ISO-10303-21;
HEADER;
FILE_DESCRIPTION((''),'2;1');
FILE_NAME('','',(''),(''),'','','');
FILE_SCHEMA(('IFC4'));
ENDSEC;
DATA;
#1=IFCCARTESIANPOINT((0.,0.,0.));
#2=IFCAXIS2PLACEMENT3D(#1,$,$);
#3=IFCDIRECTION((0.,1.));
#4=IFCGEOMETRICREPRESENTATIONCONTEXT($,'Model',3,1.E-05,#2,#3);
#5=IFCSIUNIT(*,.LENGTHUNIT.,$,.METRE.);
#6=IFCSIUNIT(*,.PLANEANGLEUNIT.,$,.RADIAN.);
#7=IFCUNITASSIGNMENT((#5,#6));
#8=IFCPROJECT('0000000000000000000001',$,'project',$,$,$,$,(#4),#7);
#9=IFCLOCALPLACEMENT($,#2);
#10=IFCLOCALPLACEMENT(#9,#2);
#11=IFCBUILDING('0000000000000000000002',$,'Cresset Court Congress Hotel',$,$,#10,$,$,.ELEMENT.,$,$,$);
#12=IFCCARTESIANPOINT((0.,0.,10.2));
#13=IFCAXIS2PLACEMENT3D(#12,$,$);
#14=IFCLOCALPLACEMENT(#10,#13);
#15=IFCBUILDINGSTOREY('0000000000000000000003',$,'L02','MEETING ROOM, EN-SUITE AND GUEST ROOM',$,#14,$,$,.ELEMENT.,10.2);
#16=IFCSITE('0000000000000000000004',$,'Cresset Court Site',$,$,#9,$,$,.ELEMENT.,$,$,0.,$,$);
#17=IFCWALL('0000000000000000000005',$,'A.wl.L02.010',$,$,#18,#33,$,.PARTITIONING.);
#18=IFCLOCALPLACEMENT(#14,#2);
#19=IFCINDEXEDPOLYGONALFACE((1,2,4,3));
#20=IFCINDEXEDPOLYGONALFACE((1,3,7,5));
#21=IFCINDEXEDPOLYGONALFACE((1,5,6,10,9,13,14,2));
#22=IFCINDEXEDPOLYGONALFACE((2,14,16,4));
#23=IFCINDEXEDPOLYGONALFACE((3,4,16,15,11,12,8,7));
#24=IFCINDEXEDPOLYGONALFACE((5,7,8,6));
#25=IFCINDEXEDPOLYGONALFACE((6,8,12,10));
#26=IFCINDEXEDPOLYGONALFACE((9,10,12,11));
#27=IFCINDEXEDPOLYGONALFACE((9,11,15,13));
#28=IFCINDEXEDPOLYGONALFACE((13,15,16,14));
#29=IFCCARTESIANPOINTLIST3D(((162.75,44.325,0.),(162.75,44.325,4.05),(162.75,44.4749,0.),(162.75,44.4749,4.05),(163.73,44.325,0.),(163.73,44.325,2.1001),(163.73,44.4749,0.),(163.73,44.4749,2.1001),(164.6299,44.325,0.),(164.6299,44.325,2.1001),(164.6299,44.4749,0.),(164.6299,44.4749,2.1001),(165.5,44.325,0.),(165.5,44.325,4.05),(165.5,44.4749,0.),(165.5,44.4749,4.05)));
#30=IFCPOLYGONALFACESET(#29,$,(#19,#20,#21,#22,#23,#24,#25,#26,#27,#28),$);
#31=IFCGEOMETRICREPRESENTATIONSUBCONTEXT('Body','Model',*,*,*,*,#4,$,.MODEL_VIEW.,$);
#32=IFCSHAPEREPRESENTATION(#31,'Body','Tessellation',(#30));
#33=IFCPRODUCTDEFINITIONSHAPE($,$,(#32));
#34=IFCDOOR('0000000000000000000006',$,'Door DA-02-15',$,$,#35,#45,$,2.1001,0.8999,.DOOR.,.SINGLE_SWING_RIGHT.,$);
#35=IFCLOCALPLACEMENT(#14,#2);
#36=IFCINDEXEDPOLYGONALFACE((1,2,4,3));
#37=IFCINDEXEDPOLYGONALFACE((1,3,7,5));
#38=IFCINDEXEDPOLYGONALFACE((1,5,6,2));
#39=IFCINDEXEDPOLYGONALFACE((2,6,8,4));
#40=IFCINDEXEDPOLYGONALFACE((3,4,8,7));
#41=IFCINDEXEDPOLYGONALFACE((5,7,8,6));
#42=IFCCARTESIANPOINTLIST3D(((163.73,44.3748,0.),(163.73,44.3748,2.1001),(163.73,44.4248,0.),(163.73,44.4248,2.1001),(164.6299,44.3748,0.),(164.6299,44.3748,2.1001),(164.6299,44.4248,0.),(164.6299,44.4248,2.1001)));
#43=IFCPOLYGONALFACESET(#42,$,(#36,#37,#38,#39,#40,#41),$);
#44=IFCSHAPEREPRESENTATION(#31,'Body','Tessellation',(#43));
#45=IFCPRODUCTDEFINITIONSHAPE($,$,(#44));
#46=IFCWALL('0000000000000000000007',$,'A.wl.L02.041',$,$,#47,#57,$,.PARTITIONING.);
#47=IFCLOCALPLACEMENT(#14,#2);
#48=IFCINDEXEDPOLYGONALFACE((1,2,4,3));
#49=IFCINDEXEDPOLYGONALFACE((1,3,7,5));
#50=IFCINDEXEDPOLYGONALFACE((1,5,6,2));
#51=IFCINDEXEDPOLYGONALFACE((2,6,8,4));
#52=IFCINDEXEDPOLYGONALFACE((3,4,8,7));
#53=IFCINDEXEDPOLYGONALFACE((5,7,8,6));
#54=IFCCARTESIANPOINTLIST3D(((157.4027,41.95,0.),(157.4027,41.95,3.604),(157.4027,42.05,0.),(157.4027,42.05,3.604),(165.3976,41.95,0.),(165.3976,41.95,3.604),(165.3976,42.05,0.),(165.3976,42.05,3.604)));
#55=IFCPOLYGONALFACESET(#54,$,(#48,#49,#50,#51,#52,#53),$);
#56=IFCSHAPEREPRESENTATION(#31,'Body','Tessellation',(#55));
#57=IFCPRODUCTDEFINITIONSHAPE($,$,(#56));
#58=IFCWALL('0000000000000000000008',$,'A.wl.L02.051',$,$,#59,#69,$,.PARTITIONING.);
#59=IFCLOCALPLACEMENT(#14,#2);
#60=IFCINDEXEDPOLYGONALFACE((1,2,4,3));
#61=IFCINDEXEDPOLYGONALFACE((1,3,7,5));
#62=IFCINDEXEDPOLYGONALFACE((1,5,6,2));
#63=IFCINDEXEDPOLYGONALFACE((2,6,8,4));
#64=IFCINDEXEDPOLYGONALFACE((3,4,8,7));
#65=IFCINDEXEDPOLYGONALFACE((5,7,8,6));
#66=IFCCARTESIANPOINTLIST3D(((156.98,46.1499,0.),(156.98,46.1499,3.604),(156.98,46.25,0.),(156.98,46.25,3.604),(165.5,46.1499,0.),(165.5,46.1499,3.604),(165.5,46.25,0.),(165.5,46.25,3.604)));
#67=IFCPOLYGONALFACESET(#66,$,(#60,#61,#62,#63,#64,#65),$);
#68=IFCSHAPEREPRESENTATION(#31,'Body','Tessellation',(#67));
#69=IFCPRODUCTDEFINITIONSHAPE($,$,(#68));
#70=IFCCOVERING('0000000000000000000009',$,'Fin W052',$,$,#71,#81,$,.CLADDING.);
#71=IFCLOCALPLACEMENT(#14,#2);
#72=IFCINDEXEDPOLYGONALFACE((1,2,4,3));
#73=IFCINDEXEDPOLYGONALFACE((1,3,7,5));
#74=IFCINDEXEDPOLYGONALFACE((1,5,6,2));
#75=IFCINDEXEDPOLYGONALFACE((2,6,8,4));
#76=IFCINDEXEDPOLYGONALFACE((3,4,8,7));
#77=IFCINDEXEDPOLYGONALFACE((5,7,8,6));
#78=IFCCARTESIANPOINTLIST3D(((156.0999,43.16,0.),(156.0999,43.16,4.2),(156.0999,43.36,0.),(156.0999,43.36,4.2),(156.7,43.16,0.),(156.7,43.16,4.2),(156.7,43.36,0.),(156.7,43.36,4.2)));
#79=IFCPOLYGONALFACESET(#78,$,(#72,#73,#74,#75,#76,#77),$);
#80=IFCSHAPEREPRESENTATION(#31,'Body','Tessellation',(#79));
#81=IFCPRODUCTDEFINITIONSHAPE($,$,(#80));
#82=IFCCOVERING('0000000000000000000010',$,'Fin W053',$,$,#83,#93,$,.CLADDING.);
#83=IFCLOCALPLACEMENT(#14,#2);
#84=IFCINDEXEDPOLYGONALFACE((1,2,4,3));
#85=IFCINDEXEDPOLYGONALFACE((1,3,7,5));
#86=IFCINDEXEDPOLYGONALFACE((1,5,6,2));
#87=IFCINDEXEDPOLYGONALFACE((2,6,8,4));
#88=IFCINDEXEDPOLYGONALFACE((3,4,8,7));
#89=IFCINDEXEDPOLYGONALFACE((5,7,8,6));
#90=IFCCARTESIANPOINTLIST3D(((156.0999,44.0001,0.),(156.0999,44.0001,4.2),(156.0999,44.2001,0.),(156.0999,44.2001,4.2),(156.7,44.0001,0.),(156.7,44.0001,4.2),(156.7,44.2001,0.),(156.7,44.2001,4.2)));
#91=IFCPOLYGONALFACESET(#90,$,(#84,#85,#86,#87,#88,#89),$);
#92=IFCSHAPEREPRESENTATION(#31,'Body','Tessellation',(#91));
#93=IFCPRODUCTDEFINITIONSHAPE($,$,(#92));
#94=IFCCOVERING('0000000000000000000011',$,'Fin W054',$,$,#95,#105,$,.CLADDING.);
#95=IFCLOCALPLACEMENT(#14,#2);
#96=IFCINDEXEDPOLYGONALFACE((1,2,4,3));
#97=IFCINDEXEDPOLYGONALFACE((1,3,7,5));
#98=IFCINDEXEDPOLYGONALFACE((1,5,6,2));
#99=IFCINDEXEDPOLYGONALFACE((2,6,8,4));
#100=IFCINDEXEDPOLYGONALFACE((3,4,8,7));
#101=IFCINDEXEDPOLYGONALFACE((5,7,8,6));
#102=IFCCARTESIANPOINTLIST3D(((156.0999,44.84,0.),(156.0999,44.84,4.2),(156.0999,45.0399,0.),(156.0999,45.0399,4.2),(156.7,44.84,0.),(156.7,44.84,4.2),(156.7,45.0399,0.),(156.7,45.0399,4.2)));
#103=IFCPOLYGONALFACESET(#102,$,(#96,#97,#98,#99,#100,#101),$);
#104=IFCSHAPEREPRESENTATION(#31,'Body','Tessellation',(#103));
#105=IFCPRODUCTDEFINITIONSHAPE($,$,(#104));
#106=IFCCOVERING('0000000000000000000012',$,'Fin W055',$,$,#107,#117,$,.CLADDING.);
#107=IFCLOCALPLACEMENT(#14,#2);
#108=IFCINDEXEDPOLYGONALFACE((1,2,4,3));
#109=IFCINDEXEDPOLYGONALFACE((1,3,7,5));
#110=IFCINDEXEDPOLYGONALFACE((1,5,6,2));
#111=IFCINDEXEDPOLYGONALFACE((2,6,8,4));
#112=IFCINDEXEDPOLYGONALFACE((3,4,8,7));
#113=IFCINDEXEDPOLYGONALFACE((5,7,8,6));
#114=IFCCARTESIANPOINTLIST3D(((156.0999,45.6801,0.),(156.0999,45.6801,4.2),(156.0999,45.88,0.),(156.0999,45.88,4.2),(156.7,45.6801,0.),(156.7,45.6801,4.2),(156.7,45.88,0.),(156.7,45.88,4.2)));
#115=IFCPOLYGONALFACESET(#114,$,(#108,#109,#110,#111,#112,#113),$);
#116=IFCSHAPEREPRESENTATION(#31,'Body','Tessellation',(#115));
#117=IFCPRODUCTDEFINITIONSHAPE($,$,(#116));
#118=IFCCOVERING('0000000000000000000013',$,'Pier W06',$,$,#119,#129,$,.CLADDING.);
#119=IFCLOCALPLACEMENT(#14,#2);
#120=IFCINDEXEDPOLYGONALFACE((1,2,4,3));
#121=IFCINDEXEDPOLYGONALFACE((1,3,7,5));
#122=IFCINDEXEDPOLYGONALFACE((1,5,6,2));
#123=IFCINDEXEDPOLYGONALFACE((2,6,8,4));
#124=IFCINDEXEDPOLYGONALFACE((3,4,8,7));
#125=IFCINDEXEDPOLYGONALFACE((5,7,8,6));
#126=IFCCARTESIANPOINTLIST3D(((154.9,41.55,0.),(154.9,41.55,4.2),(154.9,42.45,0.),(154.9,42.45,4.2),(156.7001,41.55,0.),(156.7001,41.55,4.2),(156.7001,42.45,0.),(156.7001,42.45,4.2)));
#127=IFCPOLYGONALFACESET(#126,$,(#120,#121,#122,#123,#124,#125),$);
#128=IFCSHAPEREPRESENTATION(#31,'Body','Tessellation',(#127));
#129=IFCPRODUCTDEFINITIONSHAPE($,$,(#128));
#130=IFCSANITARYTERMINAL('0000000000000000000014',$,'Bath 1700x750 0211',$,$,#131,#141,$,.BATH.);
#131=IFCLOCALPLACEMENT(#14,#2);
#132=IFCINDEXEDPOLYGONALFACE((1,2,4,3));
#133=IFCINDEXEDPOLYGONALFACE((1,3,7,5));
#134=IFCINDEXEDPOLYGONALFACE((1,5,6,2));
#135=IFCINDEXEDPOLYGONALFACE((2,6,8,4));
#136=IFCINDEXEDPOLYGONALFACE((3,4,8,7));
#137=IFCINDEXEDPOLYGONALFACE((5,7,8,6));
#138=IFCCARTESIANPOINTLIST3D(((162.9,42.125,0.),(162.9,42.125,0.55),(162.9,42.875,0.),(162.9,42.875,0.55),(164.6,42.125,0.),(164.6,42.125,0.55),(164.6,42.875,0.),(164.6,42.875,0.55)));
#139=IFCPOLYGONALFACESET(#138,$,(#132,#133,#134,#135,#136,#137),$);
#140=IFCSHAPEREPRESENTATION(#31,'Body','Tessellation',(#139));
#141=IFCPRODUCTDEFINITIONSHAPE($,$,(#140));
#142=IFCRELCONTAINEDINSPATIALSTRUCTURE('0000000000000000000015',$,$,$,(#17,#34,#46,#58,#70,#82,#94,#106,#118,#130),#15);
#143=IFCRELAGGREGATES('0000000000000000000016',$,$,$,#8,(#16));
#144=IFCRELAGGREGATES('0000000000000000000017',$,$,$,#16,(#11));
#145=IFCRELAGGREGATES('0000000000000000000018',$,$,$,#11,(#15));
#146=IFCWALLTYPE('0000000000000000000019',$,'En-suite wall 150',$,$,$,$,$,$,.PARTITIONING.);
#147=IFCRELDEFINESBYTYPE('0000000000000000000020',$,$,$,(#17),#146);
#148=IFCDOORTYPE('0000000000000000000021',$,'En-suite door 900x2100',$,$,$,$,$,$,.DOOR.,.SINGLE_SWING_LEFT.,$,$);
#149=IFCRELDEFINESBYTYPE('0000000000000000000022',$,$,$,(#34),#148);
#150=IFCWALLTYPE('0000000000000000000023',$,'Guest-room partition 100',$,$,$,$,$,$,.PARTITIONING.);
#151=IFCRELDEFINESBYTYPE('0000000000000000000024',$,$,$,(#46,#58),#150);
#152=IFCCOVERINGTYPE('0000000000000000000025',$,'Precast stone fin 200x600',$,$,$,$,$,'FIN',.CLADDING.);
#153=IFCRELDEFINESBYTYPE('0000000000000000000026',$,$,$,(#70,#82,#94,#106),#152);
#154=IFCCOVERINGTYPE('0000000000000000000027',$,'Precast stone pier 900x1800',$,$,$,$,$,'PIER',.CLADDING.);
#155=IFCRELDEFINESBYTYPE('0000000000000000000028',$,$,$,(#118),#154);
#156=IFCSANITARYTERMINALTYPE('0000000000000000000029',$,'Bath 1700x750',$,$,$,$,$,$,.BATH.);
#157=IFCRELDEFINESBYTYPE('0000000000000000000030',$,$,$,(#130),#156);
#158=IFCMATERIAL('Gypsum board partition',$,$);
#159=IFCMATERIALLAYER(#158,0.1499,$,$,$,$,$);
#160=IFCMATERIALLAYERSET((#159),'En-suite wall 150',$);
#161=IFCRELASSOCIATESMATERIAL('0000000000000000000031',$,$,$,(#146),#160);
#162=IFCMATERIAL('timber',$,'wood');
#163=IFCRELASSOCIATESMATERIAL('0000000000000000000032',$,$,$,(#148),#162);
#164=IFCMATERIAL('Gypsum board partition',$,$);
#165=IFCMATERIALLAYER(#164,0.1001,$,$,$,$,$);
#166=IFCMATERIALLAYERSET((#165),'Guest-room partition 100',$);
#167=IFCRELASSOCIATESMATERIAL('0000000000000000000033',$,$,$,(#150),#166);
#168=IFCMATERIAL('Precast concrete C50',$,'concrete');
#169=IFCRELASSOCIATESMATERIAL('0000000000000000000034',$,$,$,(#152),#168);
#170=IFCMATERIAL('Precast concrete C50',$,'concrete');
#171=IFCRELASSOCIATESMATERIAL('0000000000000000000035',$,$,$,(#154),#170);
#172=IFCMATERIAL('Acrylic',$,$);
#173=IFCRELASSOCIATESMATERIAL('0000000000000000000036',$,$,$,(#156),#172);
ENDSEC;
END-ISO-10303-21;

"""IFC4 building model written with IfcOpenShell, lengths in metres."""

from ifc_helpers import new_model, si_unit, direction, frame, frame_2d, origin, origin_2d, place, context, subcontext, project, spatial, rectangle, extrude, material, layer, layer_set, type_object, element, fill, save


model = new_model("IFC4")

# Units and contexts
model_context = context("Model", 3, precision=1e-05, world=origin(), true_north=direction((0.0, 1.0)))
body_context = subcontext(model_context, "Body", "Model", "MODEL_VIEW")
ifc_project = project(units=[si_unit("LENGTHUNIT", "METRE"), si_unit("PLANEANGLEUNIT", "RADIAN")], contexts=[model_context])

# Site, building, storey
site_placement = place(None, origin())
site = spatial("IfcSite", under=ifc_project, at=site_placement, Name="Cresset Court Site", CompositionType="ELEMENT", RefElevation=0.0)
building_placement = place(site_placement, origin())
building = spatial("IfcBuilding", under=site, at=building_placement, Name="Cresset Court Congress Hotel", CompositionType="ELEMENT")
storey_placement = place(building_placement, frame((0.0, 0.0, 10.2)))
storey = spatial("IfcBuildingStorey", under=building, at=storey_placement, Name="L02", Description="MEETING ROOM, EN-SUITE AND GUEST ROOM", CompositionType="ELEMENT", Elevation=10.2)

# Shared definitions
ifc_material_1 = material(Name="Gypsum board partition")
ifc_layer_1 = layer(ifc_material_1, 0.1499)
ifc_layer_set_1 = layer_set([ifc_layer_1], Name="En-suite wall 150")
wall_type_1 = type_object("IfcWallType", Name="En-suite wall 150", PredefinedType="PARTITIONING", material=ifc_layer_set_1)

# Wall, opening, door
wall_1_placement = place(storey_placement, frame((162.75, 44.3999, 0.0), z_axis=(0.0, 0.0, 1.0), x_axis=(1.0, 0.0, 0.0)))
wall_1 = element("IfcWall", 1, at=wall_1_placement, inside=storey, type_object=wall_type_1, Name="A.wl.L02.010", PredefinedType="PARTITIONING", context=body_context, shape_type="SweptSolid", body=[
    extrude(rectangle(XDim=2.75, YDim=0.1499, at=frame_2d((1.375, 0.0))), origin(), (0.0, 0.0, 1.0), 4.05),
])
opening_placement = place(wall_1_placement, frame((0.98, 0.0, 0.0)))
opening = element("IfcOpeningElement", 2, at=opening_placement, cuts=wall_1, PredefinedType="OPENING", context=body_context, shape_type="SweptSolid", body=[
    extrude(rectangle(XDim=0.8999, YDim=2.1001, at=frame_2d((0.45, 1.05))), frame((0.0, 0.085, 0.0), z_axis=(0.0, -1.0, 0.0), x_axis=(1.0, 0.0, 0.0)), (0.0, 0.0, 1.0), 0.1699),
])
ifc_material_2 = material(Name="timber", Category="wood")
door_type = type_object("IfcDoorType", Name="En-suite door 900x2100", OperationType="SINGLE_SWING_LEFT", PredefinedType="DOOR", material=ifc_material_2)
door_placement = place(opening_placement, origin())
door = element("IfcDoor", 3, at=door_placement, inside=storey, type_object=door_type, Name="Door DA-02-15", OperationType="SINGLE_SWING_RIGHT", OverallHeight=2.1001, OverallWidth=0.8999, PredefinedType="DOOR", context=body_context, shape_type="SweptSolid", body=[
    extrude(rectangle(XDim=0.8999, YDim=2.1001, at=frame_2d((0.45, 1.05))), frame((0.0, 0.0249, 0.0), z_axis=(0.0, -1.0, 0.0), x_axis=(1.0, 0.0, 0.0)), (0.0, 0.0, 1.0), 0.05),
])
fill(opening, door)

# Walls
ifc_material_3 = material(Name="Gypsum board partition")
ifc_layer_2 = layer(ifc_material_3, 0.1001)
ifc_layer_set_2 = layer_set([ifc_layer_2], Name="Guest-room partition 100")
wall_type_2 = type_object("IfcWallType", Name="Guest-room partition 100", PredefinedType="PARTITIONING", material=ifc_layer_set_2)
wall_2_placement = place(storey_placement, frame((157.4026, 42.0, 0.0), z_axis=(0.0, 0.0, 1.0), x_axis=(1.0, 0.0, 0.0)))
element("IfcWall", 4, at=wall_2_placement, inside=storey, type_object=wall_type_2, Name="A.wl.L02.041", PredefinedType="PARTITIONING", context=body_context, shape_type="SweptSolid", body=[
    extrude(rectangle(XDim=7.9949, YDim=0.1001, at=frame_2d((3.9976, 0.0))), origin(), (0.0, 0.0, 1.0), 3.604),
])
wall_3_placement = place(storey_placement, frame((156.98, 46.2, 0.0), z_axis=(0.0, 0.0, 1.0), x_axis=(1.0, 0.0, 0.0)))
element("IfcWall", 5, at=wall_3_placement, inside=storey, type_object=wall_type_2, Name="A.wl.L02.051", PredefinedType="PARTITIONING", context=body_context, shape_type="SweptSolid", body=[
    extrude(rectangle(XDim=8.52, YDim=0.1001, at=frame_2d((4.26, 0.0))), origin(), (0.0, 0.0, 1.0), 3.604),
])

# Coverings
ifc_material_4 = material(Name="Precast concrete C50", Category="concrete")
covering_type_1 = type_object("IfcCoveringType", Name="Precast stone fin 200x600", ElementType="FIN", PredefinedType="CLADDING", material=ifc_material_4)
for number, where, z_axis, x_axis, name in (
    (6, (156.3999, 43.26, 0.0), (0.0, 0.0, 1.0), (1.0, 0.0, 0.0), "Fin W052"),
    (7, (156.3999, 44.1001, 0.0), (0.0, 0.0, 1.0), (1.0, 0.0, 0.0), "Fin W053"),
    (8, (156.3999, 44.9399, 0.0), (0.0, 0.0, 1.0), (1.0, 0.0, 0.0), "Fin W054"),
    (9, (156.3999, 45.78, 0.0), (0.0, 0.0, 1.0), (1.0, 0.0, 0.0), "Fin W055"),
):
    element("IfcCovering", number, at=place(storey_placement, frame(where, z_axis=z_axis, x_axis=x_axis)), inside=storey, type_object=covering_type_1, Name=name, PredefinedType="CLADDING", context=body_context, shape_type="SweptSolid", body=[
        extrude(rectangle(XDim=0.6001, YDim=0.2, at=origin_2d()), origin(), (0.0, 0.0, 1.0), 4.2),
    ])
ifc_material_5 = material(Name="Precast concrete C50", Category="concrete")
covering_type_2 = type_object("IfcCoveringType", Name="Precast stone pier 900x1800", ElementType="PIER", PredefinedType="CLADDING", material=ifc_material_5)
covering_placement = place(storey_placement, frame((155.8, 42.0, 0.0), z_axis=(0.0, 0.0, 1.0), x_axis=(1.0, 0.0, 0.0)))
element("IfcCovering", 10, at=covering_placement, inside=storey, type_object=covering_type_2, Name="Pier W06", PredefinedType="CLADDING", context=body_context, shape_type="SweptSolid", body=[
    extrude(rectangle(XDim=1.8, YDim=0.8999, at=origin_2d()), origin(), (0.0, 0.0, 1.0), 4.2),
])

# Sanitary terminal
ifc_material_6 = material(Name="Acrylic")
sanitary_terminal_type = type_object("IfcSanitaryTerminalType", Name="Bath 1700x750", PredefinedType="BATH", material=ifc_material_6)
sanitary_terminal_placement = place(storey_placement, frame((163.75, 42.5, 0.0), z_axis=(0.0, 0.0, 1.0), x_axis=(1.0, 0.0, 0.0)))
element("IfcSanitaryTerminal", 11, at=sanitary_terminal_placement, inside=storey, type_object=sanitary_terminal_type, Name="Bath 1700x750 0211", PredefinedType="BATH", context=body_context, shape_type="SweptSolid", body=[
    extrude(rectangle(XDim=1.7, YDim=0.75, at=origin_2d()), origin(), (0.0, 0.0, 1.0), 0.55),
])

save(model, "model.ifc")
